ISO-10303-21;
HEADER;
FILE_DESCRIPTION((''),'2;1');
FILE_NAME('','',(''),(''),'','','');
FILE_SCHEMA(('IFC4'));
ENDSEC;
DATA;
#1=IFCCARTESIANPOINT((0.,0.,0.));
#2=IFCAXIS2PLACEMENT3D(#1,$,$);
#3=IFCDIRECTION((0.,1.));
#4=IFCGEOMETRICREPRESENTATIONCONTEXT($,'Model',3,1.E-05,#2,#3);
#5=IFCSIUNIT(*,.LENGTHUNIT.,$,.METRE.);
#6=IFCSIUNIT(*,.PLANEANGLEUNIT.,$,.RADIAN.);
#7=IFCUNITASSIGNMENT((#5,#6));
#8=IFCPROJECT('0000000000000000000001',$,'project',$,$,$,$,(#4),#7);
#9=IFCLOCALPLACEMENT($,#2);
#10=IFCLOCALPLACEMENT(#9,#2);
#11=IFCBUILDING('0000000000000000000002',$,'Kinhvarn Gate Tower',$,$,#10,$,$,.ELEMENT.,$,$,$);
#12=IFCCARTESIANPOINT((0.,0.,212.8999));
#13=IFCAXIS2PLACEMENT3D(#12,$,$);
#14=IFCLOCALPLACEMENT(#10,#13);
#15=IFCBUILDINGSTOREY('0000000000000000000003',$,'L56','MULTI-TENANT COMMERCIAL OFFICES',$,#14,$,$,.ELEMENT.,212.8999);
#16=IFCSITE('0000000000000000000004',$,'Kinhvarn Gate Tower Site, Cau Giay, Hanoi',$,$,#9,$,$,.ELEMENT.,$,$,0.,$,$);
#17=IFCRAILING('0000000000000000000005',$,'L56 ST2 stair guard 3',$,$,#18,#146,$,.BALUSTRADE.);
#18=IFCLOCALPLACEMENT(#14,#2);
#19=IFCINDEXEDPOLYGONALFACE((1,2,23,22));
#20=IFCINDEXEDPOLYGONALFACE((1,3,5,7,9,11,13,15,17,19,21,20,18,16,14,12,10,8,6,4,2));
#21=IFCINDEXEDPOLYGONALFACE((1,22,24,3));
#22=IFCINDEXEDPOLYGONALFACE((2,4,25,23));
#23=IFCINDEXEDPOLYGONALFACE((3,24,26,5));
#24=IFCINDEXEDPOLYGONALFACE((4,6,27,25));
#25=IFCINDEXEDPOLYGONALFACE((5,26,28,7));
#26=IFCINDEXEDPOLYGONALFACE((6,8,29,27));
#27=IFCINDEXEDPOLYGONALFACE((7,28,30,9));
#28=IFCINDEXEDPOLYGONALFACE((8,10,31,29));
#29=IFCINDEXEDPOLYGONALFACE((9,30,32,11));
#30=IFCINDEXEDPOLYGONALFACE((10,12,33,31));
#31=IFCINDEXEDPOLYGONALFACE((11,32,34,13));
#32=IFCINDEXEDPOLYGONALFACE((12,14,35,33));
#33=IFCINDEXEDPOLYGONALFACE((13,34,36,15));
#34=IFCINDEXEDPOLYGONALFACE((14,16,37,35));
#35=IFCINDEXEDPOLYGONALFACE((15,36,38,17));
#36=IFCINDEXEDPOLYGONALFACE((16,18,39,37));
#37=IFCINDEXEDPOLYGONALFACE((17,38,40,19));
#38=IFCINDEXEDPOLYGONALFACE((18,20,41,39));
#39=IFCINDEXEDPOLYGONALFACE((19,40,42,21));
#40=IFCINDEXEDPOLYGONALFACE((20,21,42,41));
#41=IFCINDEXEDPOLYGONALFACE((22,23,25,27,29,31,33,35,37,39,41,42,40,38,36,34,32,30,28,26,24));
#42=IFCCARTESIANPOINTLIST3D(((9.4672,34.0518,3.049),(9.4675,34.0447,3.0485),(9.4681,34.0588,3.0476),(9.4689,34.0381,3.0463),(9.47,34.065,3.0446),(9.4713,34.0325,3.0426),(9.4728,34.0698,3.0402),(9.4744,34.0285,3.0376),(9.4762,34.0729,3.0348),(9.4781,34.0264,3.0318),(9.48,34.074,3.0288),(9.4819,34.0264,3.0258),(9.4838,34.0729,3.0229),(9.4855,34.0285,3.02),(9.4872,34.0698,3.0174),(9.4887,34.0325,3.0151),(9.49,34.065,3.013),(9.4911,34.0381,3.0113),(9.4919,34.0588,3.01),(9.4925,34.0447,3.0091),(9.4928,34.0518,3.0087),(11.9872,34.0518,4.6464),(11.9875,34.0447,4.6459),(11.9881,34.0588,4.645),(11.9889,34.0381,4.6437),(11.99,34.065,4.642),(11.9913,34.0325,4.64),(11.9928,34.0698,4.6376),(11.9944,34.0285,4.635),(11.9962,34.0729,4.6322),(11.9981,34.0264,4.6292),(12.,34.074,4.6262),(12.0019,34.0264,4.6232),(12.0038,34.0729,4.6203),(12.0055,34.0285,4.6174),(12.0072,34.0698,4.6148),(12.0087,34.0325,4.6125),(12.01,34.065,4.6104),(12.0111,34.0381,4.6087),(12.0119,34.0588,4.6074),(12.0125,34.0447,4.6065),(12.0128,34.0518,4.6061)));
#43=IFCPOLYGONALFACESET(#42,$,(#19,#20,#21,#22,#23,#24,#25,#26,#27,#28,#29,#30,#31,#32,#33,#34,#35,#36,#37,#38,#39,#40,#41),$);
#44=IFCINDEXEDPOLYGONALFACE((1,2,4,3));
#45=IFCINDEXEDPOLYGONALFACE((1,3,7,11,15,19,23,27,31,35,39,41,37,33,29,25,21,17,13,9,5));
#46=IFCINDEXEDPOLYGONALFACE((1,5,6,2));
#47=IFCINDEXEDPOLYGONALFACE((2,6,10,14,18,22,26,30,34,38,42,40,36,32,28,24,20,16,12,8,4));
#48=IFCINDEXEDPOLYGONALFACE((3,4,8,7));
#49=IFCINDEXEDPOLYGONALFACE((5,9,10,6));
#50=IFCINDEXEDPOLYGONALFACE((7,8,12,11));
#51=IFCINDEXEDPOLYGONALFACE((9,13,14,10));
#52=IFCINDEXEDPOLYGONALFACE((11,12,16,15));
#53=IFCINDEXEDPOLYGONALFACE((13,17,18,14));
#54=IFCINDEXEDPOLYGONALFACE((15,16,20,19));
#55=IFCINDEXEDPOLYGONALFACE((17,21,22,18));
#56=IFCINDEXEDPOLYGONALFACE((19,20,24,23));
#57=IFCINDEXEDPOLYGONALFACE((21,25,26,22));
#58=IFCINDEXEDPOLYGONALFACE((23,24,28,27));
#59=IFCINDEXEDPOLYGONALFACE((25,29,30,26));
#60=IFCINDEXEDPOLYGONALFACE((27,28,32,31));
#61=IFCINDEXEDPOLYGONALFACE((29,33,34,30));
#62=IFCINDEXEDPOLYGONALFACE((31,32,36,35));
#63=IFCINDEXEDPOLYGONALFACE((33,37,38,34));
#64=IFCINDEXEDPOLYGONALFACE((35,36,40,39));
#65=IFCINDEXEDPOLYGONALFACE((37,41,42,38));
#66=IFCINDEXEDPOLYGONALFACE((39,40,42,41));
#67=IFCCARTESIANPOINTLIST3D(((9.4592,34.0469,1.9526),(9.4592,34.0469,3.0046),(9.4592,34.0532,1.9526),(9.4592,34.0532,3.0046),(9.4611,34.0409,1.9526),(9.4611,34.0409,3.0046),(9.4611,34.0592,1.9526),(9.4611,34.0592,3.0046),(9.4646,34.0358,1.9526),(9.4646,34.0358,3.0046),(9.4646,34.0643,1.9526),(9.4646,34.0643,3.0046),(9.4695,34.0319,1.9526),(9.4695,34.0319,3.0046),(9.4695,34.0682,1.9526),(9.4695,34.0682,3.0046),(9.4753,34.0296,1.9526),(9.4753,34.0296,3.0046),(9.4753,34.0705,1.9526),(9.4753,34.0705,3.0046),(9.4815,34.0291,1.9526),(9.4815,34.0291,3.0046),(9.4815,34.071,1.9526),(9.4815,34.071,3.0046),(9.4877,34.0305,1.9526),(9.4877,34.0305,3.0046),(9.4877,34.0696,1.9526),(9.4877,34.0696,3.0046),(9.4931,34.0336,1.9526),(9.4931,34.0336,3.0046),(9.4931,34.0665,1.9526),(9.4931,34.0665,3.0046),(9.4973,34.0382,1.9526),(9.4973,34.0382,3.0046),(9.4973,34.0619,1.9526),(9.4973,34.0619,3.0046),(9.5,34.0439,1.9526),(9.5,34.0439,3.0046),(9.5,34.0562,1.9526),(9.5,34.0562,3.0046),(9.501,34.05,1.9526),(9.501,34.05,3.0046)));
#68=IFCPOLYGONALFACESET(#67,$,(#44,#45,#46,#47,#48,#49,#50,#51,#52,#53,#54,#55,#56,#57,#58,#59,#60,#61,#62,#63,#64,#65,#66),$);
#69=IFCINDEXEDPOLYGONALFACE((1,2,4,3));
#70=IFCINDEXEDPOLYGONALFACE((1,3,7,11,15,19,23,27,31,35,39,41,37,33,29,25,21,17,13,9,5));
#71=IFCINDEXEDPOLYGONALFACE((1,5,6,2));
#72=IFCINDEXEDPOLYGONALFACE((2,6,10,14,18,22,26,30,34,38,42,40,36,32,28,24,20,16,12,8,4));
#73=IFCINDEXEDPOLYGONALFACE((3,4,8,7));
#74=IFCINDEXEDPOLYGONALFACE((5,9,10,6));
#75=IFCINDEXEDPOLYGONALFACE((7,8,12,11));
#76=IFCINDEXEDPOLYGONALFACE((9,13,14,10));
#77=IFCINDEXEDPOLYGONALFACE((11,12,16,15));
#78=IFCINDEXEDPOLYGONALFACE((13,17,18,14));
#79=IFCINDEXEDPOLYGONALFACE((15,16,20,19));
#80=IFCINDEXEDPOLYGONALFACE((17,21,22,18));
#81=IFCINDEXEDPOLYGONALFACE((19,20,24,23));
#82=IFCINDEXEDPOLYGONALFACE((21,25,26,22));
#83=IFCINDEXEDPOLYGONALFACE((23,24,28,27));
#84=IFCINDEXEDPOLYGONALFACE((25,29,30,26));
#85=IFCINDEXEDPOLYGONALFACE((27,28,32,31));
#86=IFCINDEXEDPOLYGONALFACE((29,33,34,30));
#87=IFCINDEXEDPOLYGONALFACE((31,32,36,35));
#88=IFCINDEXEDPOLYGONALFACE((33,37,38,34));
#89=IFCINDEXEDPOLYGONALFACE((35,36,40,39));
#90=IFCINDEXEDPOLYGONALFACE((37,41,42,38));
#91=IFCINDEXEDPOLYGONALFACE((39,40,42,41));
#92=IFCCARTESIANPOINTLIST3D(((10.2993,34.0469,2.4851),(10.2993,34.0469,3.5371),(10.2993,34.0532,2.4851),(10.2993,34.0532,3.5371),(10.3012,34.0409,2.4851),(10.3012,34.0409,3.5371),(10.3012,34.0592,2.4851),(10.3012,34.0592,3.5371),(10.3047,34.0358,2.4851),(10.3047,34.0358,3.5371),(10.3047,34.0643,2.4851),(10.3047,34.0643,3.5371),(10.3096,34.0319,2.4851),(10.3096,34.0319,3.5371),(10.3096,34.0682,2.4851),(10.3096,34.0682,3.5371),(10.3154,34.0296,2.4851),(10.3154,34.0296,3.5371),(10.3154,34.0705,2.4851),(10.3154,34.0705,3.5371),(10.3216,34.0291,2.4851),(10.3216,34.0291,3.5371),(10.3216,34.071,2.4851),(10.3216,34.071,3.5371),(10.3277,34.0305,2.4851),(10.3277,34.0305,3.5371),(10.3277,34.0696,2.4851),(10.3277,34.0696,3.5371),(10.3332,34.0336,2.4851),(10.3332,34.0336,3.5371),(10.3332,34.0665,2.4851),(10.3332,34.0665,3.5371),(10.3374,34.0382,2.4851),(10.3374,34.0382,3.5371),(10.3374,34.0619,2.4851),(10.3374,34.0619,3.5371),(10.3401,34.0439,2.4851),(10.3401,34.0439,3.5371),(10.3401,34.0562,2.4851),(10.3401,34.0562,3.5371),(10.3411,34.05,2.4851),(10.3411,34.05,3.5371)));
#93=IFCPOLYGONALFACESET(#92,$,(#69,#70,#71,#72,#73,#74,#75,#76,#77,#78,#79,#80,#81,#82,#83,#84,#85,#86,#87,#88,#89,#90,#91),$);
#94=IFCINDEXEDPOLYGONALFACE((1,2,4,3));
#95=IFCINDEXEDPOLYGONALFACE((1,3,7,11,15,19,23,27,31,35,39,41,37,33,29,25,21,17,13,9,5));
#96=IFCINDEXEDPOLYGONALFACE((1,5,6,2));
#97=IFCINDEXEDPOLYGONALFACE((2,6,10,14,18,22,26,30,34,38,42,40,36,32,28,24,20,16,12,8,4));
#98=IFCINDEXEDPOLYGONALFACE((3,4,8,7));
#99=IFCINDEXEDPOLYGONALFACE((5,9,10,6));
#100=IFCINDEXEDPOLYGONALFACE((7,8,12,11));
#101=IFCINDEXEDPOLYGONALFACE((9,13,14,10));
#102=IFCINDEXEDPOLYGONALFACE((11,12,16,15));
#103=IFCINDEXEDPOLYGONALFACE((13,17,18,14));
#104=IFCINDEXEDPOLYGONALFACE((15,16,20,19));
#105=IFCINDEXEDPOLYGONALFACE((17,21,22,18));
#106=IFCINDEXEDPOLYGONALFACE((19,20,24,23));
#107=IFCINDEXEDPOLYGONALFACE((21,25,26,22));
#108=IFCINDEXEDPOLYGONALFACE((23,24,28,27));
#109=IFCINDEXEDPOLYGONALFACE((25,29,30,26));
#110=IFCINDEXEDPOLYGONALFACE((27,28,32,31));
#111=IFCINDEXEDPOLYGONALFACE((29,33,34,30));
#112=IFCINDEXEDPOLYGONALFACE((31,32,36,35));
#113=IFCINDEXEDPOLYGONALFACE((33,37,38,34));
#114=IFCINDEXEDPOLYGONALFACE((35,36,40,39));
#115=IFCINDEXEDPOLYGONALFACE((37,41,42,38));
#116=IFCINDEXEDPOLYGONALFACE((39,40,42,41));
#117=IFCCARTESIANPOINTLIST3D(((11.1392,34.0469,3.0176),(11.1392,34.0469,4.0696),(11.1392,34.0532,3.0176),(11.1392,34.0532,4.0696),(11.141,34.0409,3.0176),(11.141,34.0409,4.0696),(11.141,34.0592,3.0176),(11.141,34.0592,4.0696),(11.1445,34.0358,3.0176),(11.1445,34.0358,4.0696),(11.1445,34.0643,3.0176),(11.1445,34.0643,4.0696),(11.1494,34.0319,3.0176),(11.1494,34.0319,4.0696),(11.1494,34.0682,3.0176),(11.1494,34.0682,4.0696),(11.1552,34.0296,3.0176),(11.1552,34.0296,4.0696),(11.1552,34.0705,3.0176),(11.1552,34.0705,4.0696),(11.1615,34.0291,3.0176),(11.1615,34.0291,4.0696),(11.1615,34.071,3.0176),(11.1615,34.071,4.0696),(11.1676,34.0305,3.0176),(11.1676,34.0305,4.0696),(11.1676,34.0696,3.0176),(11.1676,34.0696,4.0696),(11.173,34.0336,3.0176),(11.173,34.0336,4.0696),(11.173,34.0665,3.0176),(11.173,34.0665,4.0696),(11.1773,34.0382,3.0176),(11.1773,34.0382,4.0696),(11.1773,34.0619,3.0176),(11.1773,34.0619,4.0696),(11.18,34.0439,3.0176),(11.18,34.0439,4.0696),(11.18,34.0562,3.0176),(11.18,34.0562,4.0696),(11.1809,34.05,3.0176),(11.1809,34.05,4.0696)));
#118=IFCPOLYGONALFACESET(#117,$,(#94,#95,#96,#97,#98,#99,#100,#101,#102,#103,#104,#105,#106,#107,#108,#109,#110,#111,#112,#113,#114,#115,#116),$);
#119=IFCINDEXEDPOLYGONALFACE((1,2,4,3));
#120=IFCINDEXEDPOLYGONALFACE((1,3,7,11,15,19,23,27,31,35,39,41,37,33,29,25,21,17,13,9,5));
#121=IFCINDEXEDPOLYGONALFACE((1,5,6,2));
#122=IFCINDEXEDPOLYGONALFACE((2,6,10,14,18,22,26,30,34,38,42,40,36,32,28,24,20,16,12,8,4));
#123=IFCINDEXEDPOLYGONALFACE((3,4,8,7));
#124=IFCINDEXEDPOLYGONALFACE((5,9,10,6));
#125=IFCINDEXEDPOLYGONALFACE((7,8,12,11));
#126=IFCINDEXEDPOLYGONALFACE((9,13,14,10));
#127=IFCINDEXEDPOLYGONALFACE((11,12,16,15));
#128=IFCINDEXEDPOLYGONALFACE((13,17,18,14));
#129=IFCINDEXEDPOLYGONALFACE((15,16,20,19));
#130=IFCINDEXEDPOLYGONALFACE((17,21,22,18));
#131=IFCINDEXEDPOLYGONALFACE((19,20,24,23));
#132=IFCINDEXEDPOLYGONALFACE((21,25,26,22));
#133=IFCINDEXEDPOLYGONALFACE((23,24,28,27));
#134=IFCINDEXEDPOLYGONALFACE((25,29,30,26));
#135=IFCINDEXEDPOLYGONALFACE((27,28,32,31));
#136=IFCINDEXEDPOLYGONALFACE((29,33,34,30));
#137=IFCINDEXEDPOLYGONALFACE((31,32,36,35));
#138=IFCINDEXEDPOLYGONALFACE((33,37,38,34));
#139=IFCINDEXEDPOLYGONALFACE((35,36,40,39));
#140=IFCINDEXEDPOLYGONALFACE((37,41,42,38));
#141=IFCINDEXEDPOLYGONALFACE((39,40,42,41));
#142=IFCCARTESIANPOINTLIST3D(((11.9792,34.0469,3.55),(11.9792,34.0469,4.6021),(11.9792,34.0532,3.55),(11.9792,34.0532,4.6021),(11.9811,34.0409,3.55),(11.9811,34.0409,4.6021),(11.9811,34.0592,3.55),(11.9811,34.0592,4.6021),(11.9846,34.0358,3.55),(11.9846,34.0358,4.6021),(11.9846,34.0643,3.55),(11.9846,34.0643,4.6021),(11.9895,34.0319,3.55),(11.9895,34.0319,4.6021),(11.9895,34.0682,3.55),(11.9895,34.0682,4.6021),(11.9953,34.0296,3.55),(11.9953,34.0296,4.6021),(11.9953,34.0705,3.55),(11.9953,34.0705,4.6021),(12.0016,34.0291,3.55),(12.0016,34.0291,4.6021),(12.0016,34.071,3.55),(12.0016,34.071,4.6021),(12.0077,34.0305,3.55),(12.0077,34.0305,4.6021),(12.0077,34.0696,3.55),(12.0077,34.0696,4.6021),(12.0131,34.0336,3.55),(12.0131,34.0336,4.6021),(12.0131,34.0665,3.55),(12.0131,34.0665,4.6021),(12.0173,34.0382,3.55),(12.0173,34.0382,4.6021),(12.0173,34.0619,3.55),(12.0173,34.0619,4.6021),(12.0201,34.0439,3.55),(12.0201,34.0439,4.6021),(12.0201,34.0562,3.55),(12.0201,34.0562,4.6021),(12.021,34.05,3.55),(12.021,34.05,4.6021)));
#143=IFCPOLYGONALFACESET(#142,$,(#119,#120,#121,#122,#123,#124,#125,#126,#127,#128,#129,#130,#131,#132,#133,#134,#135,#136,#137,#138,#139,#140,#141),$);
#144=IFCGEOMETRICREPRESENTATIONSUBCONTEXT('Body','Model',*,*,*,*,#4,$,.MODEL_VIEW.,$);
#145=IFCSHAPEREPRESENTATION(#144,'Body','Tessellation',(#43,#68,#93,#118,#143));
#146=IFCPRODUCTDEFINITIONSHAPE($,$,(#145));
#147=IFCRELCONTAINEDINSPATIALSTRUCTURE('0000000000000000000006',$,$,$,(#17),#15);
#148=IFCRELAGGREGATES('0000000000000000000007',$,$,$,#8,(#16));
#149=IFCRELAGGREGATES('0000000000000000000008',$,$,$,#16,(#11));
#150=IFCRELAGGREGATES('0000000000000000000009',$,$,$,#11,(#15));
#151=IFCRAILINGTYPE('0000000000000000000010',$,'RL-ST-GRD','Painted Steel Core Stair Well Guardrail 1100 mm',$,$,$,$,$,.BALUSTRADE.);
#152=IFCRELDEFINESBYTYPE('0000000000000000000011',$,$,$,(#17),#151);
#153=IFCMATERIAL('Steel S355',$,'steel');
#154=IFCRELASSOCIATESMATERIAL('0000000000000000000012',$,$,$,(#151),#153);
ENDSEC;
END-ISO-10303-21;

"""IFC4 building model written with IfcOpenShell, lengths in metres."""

from ifc_helpers import new_model, si_unit, direction, frame, origin, origin_2d, place, context, subcontext, project, spatial, circle, extrude, material, type_object, element, save


model = new_model("IFC4")

# Units and contexts
model_context = context("Model", 3, precision=1e-05, world=origin(), true_north=direction((0.0, 1.0)))
body_context = subcontext(model_context, "Body", "Model", "MODEL_VIEW")
ifc_project = project(units=[si_unit("LENGTHUNIT", "METRE"), si_unit("PLANEANGLEUNIT", "RADIAN")], contexts=[model_context])

# Site, building, storey
site_placement = place(None, origin())
site = spatial("IfcSite", under=ifc_project, at=site_placement, Name="Kinhvarn Gate Tower Site, Cau Giay, Hanoi", CompositionType="ELEMENT", RefElevation=0.0)
building_placement = place(site_placement, origin())
building = spatial("IfcBuilding", under=site, at=building_placement, Name="Kinhvarn Gate Tower", CompositionType="ELEMENT")
storey_placement = place(building_placement, frame((0.0, 0.0, 212.8999)))
storey = spatial("IfcBuildingStorey", under=building, at=storey_placement, Name="L56", Description="MULTI-TENANT COMMERCIAL OFFICES", CompositionType="ELEMENT", Elevation=212.8999)

# Railing
ifc_material_1 = material(Name="Steel S355", Category="steel")
railing_type_1 = type_object("IfcRailingType", Name="RL-ST-GRD", Description="Painted Steel Core Stair Well Guardrail 1100 mm", PredefinedType="BALUSTRADE", material=ifc_material_1)
railing_1_placement = place(storey_placement, frame((9.48, 34.05, 1.9526)))
element("IfcRailing", 1, at=railing_1_placement, inside=storey, type_object=railing_type_1, Name="L56 ST2 stair guard 3", PredefinedType="BALUSTRADE", context=body_context, shape_type="SweptSolid", body=[
    extrude(circle(Radius=0.0239, at=origin_2d()), frame((0.0, 0.0, 1.0762), z_axis=(0.844607, 0.0, 0.535387), x_axis=(0.0, 1.0, 0.0)), (0.0, 0.0, 1.0), 2.9836),
    extrude(circle(Radius=0.021, at=origin_2d()), origin(), (0.0, 0.0, 1.0), 1.052),
    extrude(circle(Radius=0.021, at=origin_2d()), frame((0.8401, 0.0, 0.5325)), (0.0, 0.0, 1.0), 1.052),
    extrude(circle(Radius=0.021, at=origin_2d()), frame((1.6799, 0.0, 1.0649)), (0.0, 0.0, 1.0), 1.052),
    extrude(circle(Radius=0.021, at=origin_2d()), frame((2.52, 0.0, 1.5974)), (0.0, 0.0, 1.0), 1.052),
])

save(model, "model.ifc")
